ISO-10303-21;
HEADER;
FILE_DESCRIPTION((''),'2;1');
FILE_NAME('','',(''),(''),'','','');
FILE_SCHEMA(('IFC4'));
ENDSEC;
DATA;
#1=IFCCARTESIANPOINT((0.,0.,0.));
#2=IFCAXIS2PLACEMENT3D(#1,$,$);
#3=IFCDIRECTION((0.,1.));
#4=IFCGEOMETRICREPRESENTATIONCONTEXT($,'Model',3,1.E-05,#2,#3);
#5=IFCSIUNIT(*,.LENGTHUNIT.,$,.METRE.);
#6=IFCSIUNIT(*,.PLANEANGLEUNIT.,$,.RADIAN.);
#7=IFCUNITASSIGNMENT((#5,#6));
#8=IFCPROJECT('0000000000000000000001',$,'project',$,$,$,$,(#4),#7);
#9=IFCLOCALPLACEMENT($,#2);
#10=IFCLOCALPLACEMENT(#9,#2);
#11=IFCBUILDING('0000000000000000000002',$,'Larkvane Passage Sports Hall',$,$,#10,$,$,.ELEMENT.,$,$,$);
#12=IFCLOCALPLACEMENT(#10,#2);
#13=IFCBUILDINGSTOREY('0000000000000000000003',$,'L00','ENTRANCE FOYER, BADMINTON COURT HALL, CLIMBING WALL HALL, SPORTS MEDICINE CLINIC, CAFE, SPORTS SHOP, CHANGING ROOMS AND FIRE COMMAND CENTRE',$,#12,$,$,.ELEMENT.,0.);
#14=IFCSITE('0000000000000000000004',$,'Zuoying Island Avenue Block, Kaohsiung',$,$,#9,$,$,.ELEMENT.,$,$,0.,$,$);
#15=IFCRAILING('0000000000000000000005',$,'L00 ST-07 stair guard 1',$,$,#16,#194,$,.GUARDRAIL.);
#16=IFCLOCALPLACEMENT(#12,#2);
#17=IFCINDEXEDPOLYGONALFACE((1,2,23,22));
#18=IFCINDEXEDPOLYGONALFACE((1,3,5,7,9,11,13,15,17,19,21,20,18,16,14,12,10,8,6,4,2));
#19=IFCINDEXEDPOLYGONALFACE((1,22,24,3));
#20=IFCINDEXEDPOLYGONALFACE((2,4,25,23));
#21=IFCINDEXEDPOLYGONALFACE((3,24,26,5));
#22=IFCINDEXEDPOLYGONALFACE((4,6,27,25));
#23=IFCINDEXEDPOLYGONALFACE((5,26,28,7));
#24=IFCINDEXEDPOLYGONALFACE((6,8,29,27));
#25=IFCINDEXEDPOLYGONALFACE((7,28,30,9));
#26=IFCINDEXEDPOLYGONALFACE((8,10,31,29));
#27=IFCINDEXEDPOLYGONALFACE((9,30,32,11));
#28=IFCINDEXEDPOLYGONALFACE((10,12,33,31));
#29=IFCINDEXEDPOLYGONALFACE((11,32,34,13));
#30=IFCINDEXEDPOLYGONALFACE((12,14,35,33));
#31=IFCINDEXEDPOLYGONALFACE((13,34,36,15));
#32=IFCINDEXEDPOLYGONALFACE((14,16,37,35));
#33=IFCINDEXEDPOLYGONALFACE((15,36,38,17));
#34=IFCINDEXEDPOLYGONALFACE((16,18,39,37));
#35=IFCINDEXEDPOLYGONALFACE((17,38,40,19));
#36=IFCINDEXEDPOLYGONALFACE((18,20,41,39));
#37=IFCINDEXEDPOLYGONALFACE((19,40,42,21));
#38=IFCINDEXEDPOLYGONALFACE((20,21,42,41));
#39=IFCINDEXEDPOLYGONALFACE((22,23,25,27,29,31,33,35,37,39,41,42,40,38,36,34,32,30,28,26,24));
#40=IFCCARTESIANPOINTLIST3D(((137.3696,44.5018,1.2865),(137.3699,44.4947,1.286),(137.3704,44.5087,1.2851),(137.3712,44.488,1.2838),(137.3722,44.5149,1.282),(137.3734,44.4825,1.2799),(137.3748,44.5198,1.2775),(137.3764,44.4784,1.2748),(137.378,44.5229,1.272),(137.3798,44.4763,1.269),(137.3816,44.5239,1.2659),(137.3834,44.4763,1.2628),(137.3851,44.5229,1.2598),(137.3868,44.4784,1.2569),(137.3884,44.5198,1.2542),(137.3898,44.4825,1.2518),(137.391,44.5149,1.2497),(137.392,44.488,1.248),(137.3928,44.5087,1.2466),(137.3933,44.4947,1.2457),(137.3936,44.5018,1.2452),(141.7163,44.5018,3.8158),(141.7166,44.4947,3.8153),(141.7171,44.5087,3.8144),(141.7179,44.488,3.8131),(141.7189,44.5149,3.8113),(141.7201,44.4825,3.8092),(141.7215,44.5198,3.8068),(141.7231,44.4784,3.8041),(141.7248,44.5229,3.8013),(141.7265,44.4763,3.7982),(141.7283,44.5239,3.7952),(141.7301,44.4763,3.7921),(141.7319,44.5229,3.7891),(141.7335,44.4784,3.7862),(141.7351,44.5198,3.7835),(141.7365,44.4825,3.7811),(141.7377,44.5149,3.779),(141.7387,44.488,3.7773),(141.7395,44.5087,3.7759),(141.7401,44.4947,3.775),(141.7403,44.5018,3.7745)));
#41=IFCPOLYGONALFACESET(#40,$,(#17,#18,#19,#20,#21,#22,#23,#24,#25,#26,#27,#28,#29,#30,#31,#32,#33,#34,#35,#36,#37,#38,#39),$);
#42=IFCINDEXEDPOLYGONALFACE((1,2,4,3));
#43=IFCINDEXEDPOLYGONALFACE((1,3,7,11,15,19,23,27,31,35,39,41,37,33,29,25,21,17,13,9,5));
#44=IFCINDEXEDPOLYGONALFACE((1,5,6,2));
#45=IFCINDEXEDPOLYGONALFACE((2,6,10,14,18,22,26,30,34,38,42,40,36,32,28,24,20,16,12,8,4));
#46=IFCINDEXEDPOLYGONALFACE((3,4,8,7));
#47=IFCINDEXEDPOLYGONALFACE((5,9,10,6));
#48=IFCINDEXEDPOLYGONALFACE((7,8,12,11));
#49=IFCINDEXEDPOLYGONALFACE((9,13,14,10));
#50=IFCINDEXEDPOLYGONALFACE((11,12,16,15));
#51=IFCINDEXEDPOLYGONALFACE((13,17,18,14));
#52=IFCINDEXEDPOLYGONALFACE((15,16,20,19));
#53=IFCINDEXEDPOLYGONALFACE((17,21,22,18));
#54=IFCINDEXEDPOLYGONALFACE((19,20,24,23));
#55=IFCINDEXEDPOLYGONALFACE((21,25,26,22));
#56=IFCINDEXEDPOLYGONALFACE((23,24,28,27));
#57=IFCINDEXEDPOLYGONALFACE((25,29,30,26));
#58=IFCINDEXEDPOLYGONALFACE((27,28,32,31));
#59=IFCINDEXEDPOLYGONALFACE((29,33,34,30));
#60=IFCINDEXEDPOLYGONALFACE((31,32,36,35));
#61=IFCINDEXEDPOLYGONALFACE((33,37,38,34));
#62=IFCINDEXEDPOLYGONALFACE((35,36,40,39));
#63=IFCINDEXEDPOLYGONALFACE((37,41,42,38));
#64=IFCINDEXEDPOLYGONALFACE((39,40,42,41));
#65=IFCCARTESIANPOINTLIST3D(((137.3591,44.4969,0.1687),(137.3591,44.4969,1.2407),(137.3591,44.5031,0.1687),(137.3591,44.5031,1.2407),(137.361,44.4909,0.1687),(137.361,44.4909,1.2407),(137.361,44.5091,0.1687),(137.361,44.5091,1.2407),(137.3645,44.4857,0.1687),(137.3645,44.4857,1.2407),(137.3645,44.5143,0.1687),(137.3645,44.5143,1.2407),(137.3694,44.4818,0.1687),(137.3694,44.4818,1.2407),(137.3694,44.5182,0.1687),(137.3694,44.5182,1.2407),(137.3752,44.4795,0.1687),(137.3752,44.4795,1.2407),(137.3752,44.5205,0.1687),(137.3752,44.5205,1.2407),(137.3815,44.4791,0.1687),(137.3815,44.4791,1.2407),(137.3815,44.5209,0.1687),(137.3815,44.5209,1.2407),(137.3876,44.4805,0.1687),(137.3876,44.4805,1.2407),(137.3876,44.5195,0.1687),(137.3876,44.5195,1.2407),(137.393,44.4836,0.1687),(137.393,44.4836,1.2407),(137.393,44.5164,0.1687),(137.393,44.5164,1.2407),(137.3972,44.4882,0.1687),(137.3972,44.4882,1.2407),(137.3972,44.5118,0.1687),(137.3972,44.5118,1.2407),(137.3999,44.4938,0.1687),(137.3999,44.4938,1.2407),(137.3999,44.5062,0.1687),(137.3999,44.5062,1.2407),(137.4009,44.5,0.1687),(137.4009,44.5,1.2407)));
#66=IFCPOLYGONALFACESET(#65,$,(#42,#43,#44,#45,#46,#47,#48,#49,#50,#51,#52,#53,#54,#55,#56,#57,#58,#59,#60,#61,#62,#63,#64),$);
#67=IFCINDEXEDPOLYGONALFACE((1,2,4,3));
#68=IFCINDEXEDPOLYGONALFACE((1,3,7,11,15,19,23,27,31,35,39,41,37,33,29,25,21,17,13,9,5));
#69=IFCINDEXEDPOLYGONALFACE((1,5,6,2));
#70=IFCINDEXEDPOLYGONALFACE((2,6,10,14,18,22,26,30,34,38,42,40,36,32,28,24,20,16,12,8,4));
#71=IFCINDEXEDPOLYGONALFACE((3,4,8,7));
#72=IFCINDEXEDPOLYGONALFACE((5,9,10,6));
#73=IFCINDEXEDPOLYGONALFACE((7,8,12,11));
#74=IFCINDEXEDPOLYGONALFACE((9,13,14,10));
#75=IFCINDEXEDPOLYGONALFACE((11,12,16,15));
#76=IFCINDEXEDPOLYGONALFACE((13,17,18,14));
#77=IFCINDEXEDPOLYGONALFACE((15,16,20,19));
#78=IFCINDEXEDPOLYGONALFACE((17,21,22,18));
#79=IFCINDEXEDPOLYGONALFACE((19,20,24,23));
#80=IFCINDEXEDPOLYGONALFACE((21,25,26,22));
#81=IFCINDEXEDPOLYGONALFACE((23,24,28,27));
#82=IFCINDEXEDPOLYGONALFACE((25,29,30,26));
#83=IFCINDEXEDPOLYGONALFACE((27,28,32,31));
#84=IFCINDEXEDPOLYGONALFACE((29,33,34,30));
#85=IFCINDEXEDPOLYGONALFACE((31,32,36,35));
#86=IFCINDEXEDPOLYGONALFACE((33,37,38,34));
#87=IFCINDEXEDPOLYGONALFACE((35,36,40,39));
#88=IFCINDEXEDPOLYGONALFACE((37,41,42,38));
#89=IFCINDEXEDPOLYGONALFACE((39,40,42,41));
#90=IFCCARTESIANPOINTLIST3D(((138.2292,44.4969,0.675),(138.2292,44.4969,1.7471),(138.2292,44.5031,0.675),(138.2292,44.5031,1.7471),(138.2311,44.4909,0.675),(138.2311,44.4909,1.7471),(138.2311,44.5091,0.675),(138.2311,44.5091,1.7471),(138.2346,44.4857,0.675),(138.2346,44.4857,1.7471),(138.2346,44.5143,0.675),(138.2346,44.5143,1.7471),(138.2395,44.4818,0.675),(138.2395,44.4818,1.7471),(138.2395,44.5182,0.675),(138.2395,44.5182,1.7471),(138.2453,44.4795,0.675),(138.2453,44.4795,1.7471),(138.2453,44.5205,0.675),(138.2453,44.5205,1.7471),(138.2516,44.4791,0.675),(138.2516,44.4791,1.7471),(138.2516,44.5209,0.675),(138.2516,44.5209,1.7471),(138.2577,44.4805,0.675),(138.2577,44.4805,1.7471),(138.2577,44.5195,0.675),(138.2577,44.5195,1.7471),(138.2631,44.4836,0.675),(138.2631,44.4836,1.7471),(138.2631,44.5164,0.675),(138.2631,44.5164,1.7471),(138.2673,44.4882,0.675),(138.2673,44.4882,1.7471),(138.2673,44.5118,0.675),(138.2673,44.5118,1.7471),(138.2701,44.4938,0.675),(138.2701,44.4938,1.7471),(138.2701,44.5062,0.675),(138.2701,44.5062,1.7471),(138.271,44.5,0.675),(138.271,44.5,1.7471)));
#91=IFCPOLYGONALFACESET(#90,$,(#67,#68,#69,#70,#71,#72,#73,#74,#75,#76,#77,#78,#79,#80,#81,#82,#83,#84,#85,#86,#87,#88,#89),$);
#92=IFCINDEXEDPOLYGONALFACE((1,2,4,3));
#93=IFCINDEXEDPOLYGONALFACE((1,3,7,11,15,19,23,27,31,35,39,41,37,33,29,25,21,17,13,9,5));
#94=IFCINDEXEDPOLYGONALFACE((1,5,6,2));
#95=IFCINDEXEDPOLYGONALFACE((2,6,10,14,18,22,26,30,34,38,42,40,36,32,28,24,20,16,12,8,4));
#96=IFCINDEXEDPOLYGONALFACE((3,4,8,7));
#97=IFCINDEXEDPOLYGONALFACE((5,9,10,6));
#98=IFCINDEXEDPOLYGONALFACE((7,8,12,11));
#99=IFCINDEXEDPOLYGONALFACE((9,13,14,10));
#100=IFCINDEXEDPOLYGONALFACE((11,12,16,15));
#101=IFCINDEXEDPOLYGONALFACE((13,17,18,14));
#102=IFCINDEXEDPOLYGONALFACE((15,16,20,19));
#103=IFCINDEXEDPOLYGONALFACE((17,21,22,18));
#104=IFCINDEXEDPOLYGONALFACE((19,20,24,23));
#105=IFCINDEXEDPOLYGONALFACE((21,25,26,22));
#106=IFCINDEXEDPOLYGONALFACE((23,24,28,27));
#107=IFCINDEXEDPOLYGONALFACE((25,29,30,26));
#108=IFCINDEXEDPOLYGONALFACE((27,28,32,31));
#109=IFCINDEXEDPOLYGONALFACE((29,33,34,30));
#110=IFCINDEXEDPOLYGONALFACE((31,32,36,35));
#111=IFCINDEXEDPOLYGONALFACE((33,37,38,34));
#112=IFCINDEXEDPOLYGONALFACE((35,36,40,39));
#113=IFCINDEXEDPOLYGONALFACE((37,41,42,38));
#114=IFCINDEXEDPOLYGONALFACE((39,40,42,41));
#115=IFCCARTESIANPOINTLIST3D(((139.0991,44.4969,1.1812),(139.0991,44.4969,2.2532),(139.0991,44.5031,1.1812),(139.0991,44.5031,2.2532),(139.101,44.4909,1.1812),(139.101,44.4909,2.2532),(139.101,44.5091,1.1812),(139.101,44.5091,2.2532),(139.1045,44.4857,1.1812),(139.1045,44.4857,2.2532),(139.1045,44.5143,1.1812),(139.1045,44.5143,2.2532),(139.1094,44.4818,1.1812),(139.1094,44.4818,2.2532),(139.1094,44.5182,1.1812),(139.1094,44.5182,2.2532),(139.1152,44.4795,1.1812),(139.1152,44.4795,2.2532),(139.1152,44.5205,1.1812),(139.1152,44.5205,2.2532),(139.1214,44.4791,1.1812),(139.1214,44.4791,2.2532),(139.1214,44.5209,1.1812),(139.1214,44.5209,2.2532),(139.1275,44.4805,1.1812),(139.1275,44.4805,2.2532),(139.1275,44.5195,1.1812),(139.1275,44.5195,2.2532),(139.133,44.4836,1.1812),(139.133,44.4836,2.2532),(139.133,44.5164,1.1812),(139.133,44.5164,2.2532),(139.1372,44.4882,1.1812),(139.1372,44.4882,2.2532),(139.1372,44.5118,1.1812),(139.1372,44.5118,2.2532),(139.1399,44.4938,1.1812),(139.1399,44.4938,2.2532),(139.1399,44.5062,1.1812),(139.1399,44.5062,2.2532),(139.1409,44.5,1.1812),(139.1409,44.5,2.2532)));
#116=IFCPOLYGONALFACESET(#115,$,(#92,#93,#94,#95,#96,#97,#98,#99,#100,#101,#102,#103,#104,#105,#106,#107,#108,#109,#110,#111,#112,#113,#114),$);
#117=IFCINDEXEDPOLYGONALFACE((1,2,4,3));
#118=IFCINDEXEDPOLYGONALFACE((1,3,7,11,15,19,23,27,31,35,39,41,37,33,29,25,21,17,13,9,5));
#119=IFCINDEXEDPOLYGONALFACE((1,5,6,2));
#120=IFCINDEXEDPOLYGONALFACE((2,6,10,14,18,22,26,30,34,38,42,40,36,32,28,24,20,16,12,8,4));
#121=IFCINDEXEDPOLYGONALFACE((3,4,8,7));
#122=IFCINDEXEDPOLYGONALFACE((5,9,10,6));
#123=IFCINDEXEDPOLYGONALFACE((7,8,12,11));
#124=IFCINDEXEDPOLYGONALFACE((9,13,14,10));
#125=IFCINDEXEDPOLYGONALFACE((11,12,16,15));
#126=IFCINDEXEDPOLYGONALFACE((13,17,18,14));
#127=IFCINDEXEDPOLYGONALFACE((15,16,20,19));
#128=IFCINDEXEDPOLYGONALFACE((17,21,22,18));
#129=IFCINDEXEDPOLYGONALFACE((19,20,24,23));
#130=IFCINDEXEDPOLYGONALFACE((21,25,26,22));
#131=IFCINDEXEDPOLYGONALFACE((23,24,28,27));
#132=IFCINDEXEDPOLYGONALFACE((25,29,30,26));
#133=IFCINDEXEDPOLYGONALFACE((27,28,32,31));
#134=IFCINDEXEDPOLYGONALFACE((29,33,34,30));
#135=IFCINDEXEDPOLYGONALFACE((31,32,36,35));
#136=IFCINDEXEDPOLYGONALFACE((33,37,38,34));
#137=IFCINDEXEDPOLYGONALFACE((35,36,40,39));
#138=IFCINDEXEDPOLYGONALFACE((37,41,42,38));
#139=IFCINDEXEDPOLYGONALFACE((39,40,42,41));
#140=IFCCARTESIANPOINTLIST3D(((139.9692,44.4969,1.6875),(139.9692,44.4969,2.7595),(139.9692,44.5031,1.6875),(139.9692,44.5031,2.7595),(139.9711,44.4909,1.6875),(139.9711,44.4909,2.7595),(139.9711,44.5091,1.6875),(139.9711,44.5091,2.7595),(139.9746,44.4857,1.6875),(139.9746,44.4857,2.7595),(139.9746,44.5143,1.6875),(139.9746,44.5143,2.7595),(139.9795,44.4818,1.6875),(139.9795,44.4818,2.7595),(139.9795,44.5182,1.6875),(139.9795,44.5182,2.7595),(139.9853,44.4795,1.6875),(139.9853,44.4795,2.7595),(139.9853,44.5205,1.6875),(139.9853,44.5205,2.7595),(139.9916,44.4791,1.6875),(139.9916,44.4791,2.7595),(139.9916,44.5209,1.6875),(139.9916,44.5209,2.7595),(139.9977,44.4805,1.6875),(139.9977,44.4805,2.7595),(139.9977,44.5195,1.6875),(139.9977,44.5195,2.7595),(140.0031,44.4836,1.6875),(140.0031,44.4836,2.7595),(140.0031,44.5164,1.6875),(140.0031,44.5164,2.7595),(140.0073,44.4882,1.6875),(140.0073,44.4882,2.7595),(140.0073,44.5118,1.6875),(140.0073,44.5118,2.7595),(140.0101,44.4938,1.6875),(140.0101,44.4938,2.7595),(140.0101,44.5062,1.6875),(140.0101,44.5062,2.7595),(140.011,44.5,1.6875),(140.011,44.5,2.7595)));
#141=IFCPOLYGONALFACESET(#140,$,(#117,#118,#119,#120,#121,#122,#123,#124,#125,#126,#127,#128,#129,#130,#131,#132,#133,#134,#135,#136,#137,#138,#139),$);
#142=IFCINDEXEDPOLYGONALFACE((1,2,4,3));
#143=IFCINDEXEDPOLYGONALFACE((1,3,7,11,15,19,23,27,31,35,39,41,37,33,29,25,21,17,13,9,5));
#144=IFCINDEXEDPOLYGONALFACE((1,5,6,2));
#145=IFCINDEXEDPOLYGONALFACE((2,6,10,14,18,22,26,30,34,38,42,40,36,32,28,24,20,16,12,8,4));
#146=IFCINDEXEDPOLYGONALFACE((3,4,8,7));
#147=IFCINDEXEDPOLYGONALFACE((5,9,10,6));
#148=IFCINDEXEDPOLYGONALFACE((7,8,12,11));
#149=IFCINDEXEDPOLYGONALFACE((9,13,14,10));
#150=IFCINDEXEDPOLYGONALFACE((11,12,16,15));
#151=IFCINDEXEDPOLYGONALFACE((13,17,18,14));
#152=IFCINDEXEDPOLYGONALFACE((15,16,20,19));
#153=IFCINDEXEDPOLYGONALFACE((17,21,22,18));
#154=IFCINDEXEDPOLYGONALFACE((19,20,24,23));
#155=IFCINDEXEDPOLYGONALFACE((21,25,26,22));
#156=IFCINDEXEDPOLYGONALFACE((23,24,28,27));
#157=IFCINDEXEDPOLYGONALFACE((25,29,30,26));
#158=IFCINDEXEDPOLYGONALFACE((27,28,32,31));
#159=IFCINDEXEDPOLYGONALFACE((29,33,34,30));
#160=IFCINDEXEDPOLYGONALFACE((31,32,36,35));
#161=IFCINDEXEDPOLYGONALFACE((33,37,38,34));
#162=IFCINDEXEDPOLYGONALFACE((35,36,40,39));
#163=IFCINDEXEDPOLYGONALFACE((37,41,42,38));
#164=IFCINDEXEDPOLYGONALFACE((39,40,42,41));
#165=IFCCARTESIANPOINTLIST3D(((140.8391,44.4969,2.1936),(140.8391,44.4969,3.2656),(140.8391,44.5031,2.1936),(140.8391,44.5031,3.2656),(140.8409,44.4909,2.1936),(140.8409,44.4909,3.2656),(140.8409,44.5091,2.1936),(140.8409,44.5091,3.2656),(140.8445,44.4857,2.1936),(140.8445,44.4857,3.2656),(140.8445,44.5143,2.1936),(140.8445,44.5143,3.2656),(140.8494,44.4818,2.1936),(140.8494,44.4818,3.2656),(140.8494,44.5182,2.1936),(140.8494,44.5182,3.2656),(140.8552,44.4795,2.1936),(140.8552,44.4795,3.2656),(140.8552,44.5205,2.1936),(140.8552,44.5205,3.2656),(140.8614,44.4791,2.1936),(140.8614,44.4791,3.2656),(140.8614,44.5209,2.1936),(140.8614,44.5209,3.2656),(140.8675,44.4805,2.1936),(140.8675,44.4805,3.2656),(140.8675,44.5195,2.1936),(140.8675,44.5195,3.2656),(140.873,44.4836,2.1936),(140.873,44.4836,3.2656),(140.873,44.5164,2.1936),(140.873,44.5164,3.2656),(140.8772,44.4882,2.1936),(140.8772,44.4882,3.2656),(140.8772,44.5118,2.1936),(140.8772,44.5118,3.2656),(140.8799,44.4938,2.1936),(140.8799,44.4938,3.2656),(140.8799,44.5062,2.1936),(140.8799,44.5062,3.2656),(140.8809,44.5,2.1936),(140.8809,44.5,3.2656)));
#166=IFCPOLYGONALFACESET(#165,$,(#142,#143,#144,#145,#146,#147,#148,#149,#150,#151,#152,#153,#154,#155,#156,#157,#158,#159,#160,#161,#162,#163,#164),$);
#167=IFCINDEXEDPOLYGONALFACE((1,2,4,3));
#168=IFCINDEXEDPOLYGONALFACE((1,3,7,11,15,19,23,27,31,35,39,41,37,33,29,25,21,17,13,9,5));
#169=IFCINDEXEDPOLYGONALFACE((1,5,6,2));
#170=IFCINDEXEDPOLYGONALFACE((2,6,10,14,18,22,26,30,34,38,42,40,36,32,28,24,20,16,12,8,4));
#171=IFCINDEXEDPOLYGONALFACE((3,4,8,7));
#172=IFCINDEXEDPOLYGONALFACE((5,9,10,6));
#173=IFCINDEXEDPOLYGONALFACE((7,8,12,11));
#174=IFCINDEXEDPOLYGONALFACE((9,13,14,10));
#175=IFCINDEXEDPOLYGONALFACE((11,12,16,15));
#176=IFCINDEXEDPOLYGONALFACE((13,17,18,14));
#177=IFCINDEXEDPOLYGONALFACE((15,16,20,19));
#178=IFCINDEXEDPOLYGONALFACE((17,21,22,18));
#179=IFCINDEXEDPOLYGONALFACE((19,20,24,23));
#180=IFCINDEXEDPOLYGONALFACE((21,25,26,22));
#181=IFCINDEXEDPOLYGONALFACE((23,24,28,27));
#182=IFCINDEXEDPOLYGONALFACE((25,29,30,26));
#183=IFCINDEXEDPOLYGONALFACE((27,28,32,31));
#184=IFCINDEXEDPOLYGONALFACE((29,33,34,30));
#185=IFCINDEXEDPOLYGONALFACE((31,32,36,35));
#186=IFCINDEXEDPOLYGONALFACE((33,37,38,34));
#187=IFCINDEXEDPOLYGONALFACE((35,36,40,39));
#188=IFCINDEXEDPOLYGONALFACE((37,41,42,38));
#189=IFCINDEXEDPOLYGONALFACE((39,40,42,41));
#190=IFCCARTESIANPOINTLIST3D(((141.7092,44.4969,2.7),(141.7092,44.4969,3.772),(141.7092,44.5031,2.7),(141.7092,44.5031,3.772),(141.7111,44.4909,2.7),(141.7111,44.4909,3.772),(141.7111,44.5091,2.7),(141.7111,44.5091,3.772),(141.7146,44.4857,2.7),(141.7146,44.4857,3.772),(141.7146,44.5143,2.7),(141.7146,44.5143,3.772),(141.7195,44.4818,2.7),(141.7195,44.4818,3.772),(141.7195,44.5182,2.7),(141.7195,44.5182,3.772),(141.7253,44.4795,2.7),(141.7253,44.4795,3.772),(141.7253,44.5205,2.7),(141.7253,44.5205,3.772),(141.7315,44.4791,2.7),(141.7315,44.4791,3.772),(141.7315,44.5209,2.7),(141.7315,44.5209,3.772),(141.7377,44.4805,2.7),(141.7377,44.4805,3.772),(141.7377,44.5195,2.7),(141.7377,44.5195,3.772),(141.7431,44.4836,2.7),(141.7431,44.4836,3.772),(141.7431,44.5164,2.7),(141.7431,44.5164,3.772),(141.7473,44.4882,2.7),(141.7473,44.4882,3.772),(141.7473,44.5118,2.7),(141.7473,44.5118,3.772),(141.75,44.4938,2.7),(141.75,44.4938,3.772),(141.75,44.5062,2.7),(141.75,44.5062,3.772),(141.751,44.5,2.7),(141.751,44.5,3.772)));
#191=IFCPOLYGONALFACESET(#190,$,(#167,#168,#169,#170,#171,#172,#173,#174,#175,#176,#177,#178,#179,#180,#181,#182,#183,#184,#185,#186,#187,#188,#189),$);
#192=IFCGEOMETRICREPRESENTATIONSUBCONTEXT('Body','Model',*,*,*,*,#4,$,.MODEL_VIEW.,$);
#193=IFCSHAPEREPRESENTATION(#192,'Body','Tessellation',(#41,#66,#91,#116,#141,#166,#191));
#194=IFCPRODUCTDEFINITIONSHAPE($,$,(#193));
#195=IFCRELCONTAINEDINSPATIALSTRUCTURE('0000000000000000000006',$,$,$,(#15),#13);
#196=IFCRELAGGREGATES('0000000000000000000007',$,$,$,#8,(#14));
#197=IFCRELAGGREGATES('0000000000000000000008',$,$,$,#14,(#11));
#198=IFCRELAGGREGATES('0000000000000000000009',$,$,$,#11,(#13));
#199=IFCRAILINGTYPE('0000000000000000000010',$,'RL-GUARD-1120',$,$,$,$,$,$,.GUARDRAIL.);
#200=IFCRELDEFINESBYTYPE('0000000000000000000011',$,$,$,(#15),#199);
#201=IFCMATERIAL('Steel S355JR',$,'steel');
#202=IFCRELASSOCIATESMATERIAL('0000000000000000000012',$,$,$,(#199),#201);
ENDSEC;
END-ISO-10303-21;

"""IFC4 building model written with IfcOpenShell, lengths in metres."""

from ifc_helpers import new_model, si_unit, direction, frame, origin, origin_2d, place, context, subcontext, project, spatial, circle, extrude, material, type_object, element, save


model = new_model("IFC4")

# Units and contexts
model_context = context("Model", 3, precision=1e-05, world=origin(), true_north=direction((0.0, 1.0)))
body_context = subcontext(model_context, "Body", "Model", "MODEL_VIEW")
ifc_project = project(units=[si_unit("LENGTHUNIT", "METRE"), si_unit("PLANEANGLEUNIT", "RADIAN")], contexts=[model_context])

# Site, building, storey
site_placement = place(None, origin())
site = spatial("IfcSite", under=ifc_project, at=site_placement, Name="Zuoying Island Avenue Block, Kaohsiung", CompositionType="ELEMENT", RefElevation=0.0)
building_placement = place(site_placement, origin())
building = spatial("IfcBuilding", under=site, at=building_placement, Name="Larkvane Passage Sports Hall", CompositionType="ELEMENT")
storey_placement = place(building_placement, origin())
storey = spatial("IfcBuildingStorey", under=building, at=storey_placement, Name="L00", Description="ENTRANCE FOYER, BADMINTON COURT HALL, CLIMBING WALL HALL, SPORTS MEDICINE CLINIC, CAFE, SPORTS SHOP, CHANGING ROOMS AND FIRE COMMAND CENTRE", CompositionType="ELEMENT", Elevation=0.0)

# Shared definitions
ifc_material_1 = material(Name="Steel S355JR", Category="steel")

# Railing
railing_type_1 = type_object("IfcRailingType", Name="RL-GUARD-1120", PredefinedType="GUARDRAIL", material=ifc_material_1)
railing_1_placement = place(storey_placement, frame((137.3799, 44.5, 0.1687)))
element("IfcRailing", 1, at=railing_1_placement, inside=storey, type_object=railing_type_1, Name="L00 ST-07 stair guard 1", PredefinedType="GUARDRAIL", context=body_context, shape_type="SweptSolid", body=[
    extrude(circle(Radius=0.0239, at=origin_2d()), frame((0.0017, 0.0, 1.0972), z_axis=(0.864324, 0.0, 0.502936), x_axis=(0.0, 1.0, 0.0)), (0.0, 0.0, 1.0), 5.0291),
    extrude(circle(Radius=0.021, at=origin_2d()), origin(), (0.0, 0.0, 1.0), 1.072),
    extrude(circle(Radius=0.021, at=origin_2d()), frame((0.8701, 0.0, 0.5063)), (0.0, 0.0, 1.0), 1.072),
    extrude(circle(Radius=0.021, at=origin_2d()), frame((1.74, 0.0, 1.0125)), (0.0, 0.0, 1.0), 1.072),
    extrude(circle(Radius=0.021, at=origin_2d()), frame((2.6101, 0.0, 1.5188)), (0.0, 0.0, 1.0), 1.072),
    extrude(circle(Radius=0.021, at=origin_2d()), frame((3.48, 0.0, 2.0249)), (0.0, 0.0, 1.0), 1.072),
    extrude(circle(Radius=0.021, at=origin_2d()), frame((4.3501, 0.0, 2.5312)), (0.0, 0.0, 1.0), 1.072),
])

save(model, "model.ifc")
